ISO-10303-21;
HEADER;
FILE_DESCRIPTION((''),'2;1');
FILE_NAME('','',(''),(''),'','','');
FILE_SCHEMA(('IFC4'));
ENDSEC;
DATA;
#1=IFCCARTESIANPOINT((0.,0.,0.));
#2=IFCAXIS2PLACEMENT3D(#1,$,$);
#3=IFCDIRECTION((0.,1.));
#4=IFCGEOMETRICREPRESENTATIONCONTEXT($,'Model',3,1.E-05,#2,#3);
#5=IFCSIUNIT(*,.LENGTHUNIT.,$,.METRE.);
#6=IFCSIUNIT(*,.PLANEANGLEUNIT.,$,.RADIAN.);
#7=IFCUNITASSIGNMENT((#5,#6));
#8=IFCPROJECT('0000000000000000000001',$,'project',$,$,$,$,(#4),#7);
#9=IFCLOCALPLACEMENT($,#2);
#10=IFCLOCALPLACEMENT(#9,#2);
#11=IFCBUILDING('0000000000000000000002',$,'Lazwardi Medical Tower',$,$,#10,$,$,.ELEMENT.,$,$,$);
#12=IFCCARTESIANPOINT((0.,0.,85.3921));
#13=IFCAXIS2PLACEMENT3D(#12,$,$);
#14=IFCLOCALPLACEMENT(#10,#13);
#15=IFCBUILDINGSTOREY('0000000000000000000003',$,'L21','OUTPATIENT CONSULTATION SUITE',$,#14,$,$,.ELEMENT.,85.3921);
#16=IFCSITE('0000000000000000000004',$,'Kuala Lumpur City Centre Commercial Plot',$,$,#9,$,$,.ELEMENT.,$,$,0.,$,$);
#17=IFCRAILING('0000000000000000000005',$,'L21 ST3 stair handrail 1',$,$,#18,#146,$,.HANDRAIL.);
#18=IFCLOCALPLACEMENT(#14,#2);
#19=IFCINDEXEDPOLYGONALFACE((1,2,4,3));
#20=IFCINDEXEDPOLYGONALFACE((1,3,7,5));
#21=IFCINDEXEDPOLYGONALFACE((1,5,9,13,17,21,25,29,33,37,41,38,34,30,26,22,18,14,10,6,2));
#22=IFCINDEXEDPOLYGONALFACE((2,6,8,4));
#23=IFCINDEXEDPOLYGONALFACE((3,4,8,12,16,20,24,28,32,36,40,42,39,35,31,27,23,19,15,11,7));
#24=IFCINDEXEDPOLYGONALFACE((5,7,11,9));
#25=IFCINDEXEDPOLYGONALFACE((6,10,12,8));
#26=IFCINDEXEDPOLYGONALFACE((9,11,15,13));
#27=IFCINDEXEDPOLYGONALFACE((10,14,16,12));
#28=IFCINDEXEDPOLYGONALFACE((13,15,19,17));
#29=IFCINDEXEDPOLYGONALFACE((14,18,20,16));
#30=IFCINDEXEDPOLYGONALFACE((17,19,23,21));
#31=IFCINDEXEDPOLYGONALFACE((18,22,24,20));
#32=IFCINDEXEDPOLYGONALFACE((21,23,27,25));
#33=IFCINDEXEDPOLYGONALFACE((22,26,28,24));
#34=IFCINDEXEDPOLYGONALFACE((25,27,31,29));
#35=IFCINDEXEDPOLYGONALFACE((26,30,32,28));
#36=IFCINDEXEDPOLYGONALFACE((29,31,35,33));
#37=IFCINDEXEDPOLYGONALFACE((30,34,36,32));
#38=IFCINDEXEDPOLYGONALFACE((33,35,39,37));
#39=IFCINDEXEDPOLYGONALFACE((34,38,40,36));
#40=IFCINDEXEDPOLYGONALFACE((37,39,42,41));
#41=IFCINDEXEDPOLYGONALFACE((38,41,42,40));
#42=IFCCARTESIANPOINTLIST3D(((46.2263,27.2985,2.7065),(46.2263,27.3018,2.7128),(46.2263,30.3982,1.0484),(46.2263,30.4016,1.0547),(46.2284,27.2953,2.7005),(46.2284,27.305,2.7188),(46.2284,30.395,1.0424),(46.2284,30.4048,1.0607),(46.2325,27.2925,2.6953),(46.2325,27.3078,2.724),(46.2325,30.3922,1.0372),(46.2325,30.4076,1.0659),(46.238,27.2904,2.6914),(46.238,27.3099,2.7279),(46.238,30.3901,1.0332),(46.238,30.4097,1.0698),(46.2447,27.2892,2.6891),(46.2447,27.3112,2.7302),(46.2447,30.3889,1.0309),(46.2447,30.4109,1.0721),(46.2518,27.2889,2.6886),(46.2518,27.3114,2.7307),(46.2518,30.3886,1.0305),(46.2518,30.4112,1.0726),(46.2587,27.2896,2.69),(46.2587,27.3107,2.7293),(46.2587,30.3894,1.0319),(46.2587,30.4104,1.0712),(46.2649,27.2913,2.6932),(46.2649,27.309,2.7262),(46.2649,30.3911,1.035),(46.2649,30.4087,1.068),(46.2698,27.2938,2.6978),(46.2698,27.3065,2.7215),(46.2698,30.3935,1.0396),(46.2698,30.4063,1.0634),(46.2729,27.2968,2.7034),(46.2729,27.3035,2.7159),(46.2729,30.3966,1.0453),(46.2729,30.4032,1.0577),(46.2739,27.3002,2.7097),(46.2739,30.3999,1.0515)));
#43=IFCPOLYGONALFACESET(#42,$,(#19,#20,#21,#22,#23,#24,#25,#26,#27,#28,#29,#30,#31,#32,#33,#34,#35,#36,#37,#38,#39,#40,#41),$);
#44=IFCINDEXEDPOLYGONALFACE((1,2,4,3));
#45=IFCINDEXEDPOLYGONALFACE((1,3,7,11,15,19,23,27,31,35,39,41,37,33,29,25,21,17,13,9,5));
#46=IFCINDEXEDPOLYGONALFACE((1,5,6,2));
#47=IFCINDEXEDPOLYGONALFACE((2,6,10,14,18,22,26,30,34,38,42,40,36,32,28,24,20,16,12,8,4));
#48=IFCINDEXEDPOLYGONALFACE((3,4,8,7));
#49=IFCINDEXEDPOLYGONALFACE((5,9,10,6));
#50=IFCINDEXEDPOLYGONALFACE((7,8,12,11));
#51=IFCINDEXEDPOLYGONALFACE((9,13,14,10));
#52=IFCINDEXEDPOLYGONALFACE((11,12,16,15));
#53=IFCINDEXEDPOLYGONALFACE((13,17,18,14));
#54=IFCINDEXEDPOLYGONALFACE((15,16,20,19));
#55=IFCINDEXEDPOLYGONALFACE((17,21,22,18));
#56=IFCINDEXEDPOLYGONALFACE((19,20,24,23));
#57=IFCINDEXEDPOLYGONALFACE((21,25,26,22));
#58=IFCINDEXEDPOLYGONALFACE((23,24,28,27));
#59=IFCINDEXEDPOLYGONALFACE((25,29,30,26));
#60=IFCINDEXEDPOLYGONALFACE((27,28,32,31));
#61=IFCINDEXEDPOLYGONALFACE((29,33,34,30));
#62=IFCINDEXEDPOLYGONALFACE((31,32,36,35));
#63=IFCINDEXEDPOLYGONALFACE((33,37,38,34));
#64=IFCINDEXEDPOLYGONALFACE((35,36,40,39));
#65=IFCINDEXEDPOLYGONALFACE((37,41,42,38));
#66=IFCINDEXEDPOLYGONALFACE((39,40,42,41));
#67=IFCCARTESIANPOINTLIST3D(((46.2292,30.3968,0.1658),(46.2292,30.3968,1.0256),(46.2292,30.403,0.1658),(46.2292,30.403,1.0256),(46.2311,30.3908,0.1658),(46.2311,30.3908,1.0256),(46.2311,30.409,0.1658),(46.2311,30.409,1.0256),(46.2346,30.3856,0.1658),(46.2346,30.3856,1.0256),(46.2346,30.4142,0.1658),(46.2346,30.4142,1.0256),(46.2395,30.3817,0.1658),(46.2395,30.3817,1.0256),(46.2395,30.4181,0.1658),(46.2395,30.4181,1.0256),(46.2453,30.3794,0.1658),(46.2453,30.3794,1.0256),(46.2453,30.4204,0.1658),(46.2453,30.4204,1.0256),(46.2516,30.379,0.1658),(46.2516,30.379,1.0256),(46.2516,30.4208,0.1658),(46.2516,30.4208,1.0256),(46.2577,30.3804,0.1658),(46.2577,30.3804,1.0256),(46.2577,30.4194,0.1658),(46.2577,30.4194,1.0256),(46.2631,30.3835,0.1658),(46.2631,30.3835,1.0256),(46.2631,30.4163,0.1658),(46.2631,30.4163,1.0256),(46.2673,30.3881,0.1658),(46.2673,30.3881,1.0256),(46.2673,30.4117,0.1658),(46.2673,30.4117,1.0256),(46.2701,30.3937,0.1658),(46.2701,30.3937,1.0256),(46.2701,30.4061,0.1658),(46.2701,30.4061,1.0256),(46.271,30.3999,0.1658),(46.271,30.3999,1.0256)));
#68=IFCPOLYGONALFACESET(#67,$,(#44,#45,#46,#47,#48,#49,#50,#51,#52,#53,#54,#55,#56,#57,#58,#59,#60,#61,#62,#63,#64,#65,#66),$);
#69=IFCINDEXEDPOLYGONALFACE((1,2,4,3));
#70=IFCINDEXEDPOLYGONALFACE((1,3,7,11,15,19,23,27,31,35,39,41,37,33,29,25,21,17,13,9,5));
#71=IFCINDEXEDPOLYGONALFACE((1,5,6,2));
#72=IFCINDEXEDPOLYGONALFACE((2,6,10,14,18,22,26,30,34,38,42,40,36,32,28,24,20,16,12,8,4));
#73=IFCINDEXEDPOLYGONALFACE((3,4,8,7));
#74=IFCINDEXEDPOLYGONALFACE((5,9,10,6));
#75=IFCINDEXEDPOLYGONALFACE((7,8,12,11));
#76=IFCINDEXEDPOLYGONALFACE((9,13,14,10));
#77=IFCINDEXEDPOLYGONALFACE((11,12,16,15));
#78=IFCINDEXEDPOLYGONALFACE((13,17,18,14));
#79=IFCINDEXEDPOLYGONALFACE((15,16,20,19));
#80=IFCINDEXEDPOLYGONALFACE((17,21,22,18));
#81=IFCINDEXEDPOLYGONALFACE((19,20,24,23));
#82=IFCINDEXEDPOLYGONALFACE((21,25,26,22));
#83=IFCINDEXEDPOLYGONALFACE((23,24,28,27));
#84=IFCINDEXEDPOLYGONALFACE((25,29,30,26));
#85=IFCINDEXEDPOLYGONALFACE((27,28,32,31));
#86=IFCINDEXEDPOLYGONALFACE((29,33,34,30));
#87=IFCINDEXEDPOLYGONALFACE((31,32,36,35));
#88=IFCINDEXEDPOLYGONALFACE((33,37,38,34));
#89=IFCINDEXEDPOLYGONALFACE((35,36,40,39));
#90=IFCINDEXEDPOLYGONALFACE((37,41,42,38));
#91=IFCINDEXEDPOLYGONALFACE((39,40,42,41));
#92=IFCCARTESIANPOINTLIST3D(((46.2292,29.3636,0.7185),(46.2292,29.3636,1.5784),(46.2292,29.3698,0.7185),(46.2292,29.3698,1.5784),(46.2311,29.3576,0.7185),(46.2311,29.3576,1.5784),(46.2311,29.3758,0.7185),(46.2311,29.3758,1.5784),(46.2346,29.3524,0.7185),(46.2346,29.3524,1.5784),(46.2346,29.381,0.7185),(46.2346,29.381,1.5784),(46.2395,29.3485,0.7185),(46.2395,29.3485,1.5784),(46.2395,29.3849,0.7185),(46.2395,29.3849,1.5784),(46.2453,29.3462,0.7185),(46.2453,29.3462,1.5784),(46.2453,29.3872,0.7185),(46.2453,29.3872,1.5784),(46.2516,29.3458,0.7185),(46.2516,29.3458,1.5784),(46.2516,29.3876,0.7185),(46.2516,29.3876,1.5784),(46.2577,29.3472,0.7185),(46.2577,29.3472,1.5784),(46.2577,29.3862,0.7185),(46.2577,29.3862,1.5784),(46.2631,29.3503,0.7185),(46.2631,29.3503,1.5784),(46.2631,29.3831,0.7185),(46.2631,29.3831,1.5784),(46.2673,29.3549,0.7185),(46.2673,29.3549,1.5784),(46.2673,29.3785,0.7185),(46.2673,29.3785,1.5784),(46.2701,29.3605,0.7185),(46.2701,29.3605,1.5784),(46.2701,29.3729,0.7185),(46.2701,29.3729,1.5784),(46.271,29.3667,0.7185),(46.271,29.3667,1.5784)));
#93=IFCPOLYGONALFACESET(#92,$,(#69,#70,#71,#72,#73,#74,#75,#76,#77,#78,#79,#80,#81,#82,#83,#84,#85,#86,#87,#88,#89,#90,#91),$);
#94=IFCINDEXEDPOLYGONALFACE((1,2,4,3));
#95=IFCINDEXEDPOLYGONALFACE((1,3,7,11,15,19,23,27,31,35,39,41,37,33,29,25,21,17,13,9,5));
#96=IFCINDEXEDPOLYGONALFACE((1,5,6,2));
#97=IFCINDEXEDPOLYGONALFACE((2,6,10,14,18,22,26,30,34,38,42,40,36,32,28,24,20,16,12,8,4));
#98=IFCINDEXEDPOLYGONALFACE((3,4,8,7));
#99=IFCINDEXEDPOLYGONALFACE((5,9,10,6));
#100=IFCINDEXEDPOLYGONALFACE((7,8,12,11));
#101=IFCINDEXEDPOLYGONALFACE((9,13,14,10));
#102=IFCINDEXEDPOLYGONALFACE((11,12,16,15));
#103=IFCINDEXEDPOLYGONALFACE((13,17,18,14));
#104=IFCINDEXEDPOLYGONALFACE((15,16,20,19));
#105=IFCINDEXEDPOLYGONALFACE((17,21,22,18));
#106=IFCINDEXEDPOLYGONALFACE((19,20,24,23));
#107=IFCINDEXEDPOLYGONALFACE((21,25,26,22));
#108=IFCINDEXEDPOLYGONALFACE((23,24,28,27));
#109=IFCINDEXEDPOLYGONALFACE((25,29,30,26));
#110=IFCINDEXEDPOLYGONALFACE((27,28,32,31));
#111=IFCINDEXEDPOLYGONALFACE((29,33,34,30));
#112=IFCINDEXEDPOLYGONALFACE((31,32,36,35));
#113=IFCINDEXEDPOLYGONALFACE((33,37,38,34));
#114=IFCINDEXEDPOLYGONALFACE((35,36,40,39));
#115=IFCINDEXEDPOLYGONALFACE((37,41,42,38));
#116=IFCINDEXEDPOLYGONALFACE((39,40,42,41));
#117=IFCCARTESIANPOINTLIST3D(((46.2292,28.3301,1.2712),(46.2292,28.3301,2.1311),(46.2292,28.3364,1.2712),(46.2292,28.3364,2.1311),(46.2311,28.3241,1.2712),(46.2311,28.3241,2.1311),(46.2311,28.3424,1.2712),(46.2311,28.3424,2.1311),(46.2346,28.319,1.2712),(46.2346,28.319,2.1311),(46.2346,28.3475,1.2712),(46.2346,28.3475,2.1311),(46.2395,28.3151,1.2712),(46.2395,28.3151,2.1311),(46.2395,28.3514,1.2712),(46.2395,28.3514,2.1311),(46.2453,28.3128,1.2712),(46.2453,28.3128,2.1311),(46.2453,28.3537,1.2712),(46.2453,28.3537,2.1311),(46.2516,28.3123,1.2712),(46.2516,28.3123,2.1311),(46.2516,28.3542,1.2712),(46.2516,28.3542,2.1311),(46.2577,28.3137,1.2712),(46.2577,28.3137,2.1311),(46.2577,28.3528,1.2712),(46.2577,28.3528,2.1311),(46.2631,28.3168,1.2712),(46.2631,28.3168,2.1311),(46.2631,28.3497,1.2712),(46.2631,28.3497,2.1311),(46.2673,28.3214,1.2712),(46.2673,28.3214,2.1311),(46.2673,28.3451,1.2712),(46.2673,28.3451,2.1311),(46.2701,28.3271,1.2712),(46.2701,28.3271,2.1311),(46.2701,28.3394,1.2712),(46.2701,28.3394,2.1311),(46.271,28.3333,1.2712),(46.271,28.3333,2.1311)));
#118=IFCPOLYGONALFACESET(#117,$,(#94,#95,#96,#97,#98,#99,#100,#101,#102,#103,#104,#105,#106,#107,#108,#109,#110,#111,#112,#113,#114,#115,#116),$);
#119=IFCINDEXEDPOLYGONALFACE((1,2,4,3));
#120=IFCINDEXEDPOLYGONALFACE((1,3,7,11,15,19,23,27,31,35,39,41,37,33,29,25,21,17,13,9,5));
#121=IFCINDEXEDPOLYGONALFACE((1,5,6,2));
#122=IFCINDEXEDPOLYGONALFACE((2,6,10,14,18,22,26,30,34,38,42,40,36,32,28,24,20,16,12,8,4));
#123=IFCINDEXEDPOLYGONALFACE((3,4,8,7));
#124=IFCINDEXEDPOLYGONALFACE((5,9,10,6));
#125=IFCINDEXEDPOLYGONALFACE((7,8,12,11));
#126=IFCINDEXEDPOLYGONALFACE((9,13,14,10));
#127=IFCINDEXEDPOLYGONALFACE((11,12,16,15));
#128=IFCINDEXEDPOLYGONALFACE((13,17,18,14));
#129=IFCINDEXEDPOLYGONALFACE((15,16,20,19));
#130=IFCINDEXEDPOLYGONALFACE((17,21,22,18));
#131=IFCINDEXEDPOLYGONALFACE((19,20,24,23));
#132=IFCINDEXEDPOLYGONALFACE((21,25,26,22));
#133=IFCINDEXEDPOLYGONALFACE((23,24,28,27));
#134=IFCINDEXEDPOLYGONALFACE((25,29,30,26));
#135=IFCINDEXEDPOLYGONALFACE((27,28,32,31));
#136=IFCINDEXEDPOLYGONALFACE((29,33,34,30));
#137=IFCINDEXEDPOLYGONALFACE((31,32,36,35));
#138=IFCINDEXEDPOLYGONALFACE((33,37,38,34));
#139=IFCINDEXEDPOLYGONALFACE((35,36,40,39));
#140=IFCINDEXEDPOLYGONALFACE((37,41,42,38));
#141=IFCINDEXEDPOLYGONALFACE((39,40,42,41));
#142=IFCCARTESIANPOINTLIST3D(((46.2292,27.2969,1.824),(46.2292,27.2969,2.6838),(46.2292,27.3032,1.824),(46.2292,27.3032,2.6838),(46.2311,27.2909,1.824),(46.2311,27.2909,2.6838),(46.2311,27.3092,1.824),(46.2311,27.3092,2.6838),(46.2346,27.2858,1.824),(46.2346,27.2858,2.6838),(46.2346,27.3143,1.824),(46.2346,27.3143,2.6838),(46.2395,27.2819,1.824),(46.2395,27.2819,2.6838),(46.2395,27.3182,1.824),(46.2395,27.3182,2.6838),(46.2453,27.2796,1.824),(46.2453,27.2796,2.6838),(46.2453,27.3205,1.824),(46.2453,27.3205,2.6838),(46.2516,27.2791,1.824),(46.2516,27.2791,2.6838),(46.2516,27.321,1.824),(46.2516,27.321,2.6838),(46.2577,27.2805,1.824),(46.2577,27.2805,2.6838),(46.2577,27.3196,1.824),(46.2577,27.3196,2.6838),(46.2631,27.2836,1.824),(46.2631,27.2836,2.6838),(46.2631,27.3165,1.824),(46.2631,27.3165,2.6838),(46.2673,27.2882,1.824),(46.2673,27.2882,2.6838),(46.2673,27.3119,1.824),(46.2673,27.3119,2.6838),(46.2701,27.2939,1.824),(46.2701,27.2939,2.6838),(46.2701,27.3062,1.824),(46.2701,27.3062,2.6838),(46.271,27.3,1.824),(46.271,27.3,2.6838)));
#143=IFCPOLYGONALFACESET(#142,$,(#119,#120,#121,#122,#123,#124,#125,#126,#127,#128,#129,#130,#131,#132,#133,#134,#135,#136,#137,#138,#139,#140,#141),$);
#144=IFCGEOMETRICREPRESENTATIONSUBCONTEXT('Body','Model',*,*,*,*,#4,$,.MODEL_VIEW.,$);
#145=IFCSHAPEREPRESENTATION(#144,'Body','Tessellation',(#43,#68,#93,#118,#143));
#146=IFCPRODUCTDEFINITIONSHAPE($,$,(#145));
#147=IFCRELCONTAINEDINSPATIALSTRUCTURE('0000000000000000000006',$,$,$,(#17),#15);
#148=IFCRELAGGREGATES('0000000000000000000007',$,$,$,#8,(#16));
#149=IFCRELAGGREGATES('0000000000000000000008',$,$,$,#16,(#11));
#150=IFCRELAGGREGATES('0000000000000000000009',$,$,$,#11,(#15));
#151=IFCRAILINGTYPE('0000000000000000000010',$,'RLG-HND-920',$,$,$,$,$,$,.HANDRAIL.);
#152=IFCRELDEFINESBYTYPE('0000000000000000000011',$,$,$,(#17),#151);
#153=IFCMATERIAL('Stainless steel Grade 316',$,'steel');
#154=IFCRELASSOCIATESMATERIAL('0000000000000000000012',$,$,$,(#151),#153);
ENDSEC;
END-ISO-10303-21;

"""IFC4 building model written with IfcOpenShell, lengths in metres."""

from ifc_helpers import new_model, si_unit, direction, frame, origin, origin_2d, place, context, subcontext, project, spatial, circle, extrude, material, type_object, element, save


model = new_model("IFC4")

# Units and contexts
model_context = context("Model", 3, precision=1e-05, world=origin(), true_north=direction((0.0, 1.0)))
body_context = subcontext(model_context, "Body", "Model", "MODEL_VIEW")
ifc_project = project(units=[si_unit("LENGTHUNIT", "METRE"), si_unit("PLANEANGLEUNIT", "RADIAN")], contexts=[model_context])

# Site, building, storey
site_placement = place(None, origin())
site = spatial("IfcSite", under=ifc_project, at=site_placement, Name="Kuala Lumpur City Centre Commercial Plot", CompositionType="ELEMENT", RefElevation=0.0)
building_placement = place(site_placement, origin())
building = spatial("IfcBuilding", under=site, at=building_placement, Name="Lazwardi Medical Tower", CompositionType="ELEMENT")
storey_placement = place(building_placement, frame((0.0, 0.0, 85.3921)))
storey = spatial("IfcBuildingStorey", under=building, at=storey_placement, Name="L21", Description="OUTPATIENT CONSULTATION SUITE", CompositionType="ELEMENT", Elevation=85.3921)

# Railing
ifc_material_1 = material(Name="Stainless steel Grade 316", Category="steel")
railing_type_1 = type_object("IfcRailingType", Name="RLG-HND-920", PredefinedType="HANDRAIL", material=ifc_material_1)
railing_1_placement = place(storey_placement, frame((46.25, 30.3999, 0.1658)))
element("IfcRailing", 1, at=railing_1_placement, inside=storey, type_object=railing_type_1, Name="L21 ST3 stair handrail 1", PredefinedType="HANDRAIL", context=body_context, shape_type="SweptSolid", body=[
    extrude(circle(Radius=0.0239, at=origin_2d()), frame((0.0, 0.0, 0.8857), z_axis=(0.0, -0.881768, 0.471684), x_axis=(1.0, 0.0, 0.0)), (0.0, 0.0, 1.0), 3.5154),
    extrude(circle(Radius=0.021, at=origin_2d()), origin(), (0.0, 0.0, 1.0), 0.8599),
    extrude(circle(Radius=0.021, at=origin_2d()), frame((0.0, -1.0332, 0.5527)), (0.0, 0.0, 1.0), 0.8599),
    extrude(circle(Radius=0.021, at=origin_2d()), frame((0.0, -2.0667, 1.1055)), (0.0, 0.0, 1.0), 0.8599),
    extrude(circle(Radius=0.021, at=origin_2d()), frame((0.0, -3.0999, 1.6582)), (0.0, 0.0, 1.0), 0.8599),
])

save(model, "model.ifc")
